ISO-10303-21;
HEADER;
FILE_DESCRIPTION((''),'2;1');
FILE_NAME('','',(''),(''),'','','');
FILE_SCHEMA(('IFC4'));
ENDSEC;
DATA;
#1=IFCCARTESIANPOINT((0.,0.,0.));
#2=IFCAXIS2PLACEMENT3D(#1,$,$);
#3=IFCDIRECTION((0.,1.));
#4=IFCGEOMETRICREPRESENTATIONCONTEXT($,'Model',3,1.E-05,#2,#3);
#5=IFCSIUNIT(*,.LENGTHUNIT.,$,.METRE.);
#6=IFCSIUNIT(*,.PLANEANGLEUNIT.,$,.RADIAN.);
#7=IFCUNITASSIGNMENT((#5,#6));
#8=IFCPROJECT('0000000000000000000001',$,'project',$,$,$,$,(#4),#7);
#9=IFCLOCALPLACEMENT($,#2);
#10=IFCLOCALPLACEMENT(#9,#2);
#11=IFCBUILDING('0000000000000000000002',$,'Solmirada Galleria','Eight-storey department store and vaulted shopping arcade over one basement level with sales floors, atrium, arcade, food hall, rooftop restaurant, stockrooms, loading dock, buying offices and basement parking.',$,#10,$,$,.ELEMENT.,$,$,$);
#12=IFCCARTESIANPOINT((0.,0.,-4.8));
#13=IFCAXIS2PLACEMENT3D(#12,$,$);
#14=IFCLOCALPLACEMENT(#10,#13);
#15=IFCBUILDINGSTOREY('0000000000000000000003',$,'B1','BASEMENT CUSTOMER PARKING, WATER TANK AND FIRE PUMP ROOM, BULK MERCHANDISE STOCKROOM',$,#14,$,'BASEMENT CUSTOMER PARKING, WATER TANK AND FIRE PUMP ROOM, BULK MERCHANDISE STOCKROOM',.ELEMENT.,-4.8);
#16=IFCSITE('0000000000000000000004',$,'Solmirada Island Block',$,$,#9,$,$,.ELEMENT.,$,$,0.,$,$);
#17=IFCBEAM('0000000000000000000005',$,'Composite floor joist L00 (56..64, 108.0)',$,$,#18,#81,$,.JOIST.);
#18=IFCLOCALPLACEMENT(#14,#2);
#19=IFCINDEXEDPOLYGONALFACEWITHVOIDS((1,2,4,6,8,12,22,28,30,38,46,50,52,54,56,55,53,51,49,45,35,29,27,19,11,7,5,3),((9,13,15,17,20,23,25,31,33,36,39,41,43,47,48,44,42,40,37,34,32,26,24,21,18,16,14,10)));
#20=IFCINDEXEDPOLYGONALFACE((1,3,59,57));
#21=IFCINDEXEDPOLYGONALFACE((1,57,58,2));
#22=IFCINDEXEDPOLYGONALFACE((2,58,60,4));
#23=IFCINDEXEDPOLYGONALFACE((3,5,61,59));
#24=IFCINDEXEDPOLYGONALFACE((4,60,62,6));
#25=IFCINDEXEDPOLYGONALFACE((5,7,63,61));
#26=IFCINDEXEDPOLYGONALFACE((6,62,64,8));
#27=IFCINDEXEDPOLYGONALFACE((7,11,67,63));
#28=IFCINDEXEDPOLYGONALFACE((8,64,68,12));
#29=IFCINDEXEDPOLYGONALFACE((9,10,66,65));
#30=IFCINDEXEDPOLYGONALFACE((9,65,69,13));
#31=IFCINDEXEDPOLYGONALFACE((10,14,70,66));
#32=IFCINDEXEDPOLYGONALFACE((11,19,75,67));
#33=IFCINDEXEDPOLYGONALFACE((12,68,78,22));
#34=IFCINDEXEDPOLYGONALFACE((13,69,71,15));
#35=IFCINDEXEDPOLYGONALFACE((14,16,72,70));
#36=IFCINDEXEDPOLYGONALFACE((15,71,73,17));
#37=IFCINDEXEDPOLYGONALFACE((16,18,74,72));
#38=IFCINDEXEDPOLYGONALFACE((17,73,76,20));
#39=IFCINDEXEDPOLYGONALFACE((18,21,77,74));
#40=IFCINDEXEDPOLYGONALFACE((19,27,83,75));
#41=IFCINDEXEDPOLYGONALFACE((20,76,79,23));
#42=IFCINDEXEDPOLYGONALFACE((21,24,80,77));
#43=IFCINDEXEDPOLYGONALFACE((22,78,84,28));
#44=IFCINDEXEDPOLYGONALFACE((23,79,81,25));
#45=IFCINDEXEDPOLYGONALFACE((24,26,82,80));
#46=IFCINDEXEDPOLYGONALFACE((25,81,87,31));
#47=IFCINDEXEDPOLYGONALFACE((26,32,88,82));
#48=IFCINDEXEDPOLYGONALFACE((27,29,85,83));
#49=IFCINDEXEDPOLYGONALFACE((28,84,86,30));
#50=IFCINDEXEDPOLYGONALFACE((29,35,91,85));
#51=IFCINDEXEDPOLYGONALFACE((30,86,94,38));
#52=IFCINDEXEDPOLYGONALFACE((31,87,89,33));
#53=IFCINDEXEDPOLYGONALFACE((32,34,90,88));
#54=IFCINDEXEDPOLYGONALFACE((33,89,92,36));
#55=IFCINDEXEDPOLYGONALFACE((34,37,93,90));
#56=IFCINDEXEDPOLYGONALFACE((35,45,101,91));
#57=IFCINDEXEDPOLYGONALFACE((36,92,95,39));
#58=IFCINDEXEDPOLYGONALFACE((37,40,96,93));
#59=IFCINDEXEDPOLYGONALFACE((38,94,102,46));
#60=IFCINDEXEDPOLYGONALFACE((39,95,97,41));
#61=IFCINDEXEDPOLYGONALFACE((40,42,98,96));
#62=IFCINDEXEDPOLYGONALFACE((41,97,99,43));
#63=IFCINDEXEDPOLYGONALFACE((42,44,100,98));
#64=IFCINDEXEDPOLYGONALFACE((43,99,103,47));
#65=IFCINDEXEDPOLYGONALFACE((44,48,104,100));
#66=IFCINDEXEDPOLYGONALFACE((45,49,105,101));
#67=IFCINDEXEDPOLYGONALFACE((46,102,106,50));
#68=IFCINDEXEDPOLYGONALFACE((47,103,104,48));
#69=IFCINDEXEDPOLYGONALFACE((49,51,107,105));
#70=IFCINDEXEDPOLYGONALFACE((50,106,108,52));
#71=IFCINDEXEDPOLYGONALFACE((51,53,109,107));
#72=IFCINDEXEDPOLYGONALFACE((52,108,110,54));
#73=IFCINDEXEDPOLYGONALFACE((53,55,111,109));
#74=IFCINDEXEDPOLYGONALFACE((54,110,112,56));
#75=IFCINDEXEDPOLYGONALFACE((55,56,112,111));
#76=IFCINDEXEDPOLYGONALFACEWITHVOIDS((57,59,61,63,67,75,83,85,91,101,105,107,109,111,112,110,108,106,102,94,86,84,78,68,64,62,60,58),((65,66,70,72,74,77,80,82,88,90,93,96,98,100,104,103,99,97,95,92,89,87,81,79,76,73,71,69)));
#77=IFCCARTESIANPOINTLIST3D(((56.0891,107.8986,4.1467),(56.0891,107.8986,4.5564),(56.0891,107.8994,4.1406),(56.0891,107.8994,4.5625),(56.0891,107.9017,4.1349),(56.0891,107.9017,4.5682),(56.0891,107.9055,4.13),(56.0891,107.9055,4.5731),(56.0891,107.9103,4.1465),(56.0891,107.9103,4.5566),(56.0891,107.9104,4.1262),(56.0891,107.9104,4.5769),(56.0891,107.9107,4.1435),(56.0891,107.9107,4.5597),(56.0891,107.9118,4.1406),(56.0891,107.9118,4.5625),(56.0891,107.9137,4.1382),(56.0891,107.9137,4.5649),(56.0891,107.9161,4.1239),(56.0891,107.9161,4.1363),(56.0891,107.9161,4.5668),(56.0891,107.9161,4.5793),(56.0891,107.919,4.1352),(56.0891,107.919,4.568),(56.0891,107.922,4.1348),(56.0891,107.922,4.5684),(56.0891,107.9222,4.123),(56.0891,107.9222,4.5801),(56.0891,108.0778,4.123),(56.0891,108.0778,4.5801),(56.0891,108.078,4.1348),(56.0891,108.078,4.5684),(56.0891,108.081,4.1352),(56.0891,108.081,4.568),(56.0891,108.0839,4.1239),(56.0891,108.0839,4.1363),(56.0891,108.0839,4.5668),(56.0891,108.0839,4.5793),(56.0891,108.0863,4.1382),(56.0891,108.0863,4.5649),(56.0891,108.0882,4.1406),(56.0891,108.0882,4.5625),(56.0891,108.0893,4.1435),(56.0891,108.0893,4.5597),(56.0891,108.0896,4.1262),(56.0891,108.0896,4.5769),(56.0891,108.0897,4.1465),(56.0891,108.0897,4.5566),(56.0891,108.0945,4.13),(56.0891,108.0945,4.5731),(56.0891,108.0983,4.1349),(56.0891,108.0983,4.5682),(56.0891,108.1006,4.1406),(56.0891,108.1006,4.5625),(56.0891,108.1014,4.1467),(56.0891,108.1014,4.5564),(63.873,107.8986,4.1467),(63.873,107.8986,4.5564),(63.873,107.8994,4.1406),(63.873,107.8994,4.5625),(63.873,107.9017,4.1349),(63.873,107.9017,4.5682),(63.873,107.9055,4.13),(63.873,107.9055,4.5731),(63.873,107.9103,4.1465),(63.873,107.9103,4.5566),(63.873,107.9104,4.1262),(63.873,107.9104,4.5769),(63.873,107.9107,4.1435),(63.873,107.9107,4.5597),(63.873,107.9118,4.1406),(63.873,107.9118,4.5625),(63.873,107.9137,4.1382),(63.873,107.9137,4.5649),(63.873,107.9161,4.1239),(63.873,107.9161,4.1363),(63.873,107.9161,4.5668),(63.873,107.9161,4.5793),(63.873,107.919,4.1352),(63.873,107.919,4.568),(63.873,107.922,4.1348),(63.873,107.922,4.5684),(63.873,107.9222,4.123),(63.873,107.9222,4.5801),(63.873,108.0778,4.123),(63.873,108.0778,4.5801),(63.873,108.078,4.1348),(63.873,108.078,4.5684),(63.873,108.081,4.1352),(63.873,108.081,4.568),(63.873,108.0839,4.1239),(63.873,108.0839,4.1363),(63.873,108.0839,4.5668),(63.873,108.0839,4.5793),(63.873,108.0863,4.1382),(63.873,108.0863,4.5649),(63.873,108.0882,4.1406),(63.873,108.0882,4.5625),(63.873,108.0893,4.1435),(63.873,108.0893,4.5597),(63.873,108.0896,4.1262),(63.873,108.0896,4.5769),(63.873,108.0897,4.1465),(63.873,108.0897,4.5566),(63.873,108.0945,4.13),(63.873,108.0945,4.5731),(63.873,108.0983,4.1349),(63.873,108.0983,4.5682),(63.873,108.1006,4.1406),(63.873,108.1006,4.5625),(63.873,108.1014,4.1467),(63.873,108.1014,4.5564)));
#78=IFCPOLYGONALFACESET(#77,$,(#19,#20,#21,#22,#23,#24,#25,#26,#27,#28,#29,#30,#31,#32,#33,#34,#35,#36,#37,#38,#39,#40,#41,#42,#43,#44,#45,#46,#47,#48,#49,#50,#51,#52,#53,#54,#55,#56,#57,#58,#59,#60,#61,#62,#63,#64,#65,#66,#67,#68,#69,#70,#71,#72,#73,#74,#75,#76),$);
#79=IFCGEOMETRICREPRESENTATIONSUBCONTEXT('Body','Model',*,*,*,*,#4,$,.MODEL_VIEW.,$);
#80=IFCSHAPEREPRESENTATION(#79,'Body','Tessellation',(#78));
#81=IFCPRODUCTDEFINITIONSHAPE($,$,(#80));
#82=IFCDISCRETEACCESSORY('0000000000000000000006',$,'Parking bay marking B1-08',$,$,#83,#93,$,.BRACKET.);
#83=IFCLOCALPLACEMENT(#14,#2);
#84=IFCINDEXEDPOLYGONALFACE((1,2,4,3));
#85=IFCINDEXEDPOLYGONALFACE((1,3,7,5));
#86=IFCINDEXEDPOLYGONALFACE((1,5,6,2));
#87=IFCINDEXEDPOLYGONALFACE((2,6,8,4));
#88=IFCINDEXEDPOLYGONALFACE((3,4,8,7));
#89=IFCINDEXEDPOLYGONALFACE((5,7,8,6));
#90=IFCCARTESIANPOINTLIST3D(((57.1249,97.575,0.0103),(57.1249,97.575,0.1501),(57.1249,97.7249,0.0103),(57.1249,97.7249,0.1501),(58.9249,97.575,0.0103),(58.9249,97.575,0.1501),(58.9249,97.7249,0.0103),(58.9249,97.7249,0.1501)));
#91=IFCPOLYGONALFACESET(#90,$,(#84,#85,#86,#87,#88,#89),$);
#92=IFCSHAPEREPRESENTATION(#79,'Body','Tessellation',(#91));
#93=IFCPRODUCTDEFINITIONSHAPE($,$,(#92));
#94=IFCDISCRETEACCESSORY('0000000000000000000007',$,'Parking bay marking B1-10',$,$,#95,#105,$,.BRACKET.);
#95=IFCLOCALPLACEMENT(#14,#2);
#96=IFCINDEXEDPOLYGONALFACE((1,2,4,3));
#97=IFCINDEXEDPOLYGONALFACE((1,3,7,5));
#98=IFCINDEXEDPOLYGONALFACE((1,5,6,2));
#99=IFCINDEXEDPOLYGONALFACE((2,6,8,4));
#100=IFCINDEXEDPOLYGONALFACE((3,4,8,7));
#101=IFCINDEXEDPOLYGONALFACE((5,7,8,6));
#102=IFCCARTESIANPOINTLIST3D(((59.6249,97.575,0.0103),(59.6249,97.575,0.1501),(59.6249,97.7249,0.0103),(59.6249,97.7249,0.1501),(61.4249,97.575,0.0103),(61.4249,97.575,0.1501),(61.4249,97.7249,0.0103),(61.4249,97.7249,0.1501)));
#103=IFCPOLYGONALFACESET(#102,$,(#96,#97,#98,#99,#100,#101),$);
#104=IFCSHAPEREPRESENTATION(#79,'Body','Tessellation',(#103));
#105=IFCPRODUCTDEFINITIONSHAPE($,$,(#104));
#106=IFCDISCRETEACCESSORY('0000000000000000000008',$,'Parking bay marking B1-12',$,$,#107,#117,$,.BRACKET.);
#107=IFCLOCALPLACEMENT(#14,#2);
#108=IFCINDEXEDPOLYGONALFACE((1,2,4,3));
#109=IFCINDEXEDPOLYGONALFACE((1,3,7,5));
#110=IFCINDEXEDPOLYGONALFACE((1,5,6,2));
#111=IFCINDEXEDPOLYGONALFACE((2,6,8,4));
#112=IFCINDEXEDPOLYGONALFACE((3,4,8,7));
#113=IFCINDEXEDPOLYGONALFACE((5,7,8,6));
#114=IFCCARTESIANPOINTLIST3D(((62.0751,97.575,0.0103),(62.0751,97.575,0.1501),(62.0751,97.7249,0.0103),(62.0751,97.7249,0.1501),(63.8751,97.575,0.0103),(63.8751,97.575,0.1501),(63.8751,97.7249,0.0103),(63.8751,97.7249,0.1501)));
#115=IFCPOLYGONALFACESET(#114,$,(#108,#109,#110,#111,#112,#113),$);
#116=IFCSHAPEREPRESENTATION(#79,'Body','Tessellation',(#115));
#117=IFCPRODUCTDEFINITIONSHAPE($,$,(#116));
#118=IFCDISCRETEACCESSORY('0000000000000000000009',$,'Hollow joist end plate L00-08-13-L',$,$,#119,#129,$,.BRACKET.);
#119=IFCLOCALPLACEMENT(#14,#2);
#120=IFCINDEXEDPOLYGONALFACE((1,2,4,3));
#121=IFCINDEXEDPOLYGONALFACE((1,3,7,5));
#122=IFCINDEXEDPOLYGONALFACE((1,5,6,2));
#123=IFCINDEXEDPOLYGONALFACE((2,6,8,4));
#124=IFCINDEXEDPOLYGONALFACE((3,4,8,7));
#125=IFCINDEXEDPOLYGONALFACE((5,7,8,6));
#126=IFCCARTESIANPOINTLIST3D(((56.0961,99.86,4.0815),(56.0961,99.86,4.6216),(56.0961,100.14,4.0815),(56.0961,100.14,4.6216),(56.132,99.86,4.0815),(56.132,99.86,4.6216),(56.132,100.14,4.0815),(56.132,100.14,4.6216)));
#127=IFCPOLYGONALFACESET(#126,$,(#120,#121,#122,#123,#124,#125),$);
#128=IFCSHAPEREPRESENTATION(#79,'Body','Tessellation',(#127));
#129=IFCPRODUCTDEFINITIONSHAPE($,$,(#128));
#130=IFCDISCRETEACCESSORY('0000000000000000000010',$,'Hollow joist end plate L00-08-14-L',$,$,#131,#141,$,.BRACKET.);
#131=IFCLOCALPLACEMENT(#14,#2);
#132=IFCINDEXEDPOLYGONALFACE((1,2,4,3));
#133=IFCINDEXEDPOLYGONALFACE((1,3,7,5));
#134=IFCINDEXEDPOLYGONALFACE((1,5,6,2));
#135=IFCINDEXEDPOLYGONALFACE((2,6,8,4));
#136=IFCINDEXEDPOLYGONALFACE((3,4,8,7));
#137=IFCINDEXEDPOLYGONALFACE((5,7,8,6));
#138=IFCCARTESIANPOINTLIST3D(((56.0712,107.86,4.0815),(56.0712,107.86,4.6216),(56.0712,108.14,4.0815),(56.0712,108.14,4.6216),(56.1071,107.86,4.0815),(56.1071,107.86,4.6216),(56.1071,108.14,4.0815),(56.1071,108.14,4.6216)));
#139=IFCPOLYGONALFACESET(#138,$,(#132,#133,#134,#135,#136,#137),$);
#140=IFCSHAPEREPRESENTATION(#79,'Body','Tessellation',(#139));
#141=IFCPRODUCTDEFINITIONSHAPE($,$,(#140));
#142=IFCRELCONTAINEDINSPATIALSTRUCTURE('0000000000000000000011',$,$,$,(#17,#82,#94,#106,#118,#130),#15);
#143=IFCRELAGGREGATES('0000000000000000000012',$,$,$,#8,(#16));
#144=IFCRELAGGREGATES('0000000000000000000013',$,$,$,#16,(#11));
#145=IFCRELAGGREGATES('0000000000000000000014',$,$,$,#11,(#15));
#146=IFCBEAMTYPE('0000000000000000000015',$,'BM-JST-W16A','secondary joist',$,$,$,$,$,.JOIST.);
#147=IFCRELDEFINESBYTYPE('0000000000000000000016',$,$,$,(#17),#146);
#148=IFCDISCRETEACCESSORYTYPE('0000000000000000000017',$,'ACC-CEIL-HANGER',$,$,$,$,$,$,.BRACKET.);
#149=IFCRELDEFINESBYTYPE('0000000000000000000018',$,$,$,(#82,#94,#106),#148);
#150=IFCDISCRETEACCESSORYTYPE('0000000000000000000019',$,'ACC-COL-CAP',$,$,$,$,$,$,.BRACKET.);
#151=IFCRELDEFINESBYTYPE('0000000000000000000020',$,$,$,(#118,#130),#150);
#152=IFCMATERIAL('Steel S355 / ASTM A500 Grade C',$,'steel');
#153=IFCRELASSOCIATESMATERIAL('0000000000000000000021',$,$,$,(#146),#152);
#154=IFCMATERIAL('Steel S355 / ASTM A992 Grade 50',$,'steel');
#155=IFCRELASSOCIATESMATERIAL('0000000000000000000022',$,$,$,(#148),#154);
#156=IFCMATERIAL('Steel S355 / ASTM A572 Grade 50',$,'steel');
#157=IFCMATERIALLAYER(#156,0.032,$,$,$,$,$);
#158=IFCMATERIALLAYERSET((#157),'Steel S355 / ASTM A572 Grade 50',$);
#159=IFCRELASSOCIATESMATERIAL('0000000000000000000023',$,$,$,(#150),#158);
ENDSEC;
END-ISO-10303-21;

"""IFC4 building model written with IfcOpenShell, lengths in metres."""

from ifc_helpers import new_model, si_unit, direction, frame, origin, origin_2d, place, context, subcontext, project, spatial, rectangle, hollow_rectangle, extrude, material, layer, layer_set, material_profile, profile_set, type_object, element, save


model = new_model("IFC4")

# Units and contexts
model_context = context("Model", 3, precision=1e-05, world=origin(), true_north=direction((0.0, 1.0)))
body_context = subcontext(model_context, "Body", "Model", "MODEL_VIEW")
ifc_project = project(units=[si_unit("LENGTHUNIT", "METRE"), si_unit("PLANEANGLEUNIT", "RADIAN")], contexts=[model_context])

# Site, building, storey
site_placement = place(None, origin())
site = spatial("IfcSite", under=ifc_project, at=site_placement, Name="Solmirada Island Block", CompositionType="ELEMENT", RefElevation=0.0)
building_placement = place(site_placement, origin())
building = spatial("IfcBuilding", under=site, at=building_placement, Name="Solmirada Galleria", Description="Eight-storey department store and vaulted shopping arcade over one basement level with sales floors, atrium, arcade, food hall, rooftop restaurant, stockrooms, loading dock, buying offices and basement parking.", CompositionType="ELEMENT")
storey_placement = place(building_placement, frame((0.0, 0.0, -4.8)))
storey = spatial("IfcBuildingStorey", under=building, at=storey_placement, Name="B1", Description="BASEMENT CUSTOMER PARKING, WATER TANK AND FIRE PUMP ROOM, BULK MERCHANDISE STOCKROOM", LongName="BASEMENT CUSTOMER PARKING, WATER TANK AND FIRE PUMP ROOM, BULK MERCHANDISE STOCKROOM", CompositionType="ELEMENT", Elevation=-4.8)

# Beam
ifc_material_1 = material(Name="Steel S355 / ASTM A992 Grade 50", Category="steel")
ifc_material_2 = material(Name="Steel S355 / ASTM A500 Grade C", Category="steel")
ifc_material_profile_1 = material_profile(ifc_material_2, hollow_rectangle(XDim=0.2029, YDim=0.457, WallThickness=0.0117, InnerFilletRadius=0.0117, OuterFilletRadius=0.0237, at=origin_2d()), Name="HSS18X8X1/2")
ifc_profile_set_1 = profile_set([ifc_material_profile_1], Name="Steel S355 / ASTM A500 Grade C")
beam_type_1 = type_object("IfcBeamType", Name="BM-JST-W16A", Description="secondary joist", PredefinedType="JOIST", material=ifc_profile_set_1)
beam_1_placement = place(storey_placement, frame((56.0891, 108.0, 4.3516), z_axis=(1.0, 0.0, 0.0), x_axis=(0.0, 1.0, 0.0)))
element("IfcBeam", 1, at=beam_1_placement, inside=storey, type_object=beam_type_1, Name="Composite floor joist L00 (56..64, 108.0)", PredefinedType="JOIST", context=body_context, shape_type="SweptSolid", body=[
    extrude(hollow_rectangle(XDim=0.2029, YDim=0.457, WallThickness=0.0117, InnerFilletRadius=0.0117, OuterFilletRadius=0.0237, at=origin_2d()), origin(), (0.0, 0.0, 1.0), 7.7839),
])

# Discrete accessories
discrete_accessory_type_1 = type_object("IfcDiscreteAccessoryType", Name="ACC-CEIL-HANGER", PredefinedType="BRACKET", material=ifc_material_1)
for number, where, z_axis, x_axis, name in (
    (2, (58.0249, 97.6499, 0.0103), (0.0, 0.0, 1.0), (1.0, 0.0, 0.0), "Parking bay marking B1-08"),
    (3, (60.5249, 97.6499, 0.0103), (0.0, 0.0, 1.0), (1.0, 0.0, 0.0), "Parking bay marking B1-10"),
    (4, (62.9751, 97.6499, 0.0103), (0.0, 0.0, 1.0), (1.0, 0.0, 0.0), "Parking bay marking B1-12"),
):
    element("IfcDiscreteAccessory", number, at=place(storey_placement, frame(where, z_axis=z_axis, x_axis=x_axis)), inside=storey, type_object=discrete_accessory_type_1, Name=name, PredefinedType="BRACKET", context=body_context, shape_type="SweptSolid", body=[
        extrude(rectangle(XDim=1.8, YDim=0.1499, at=origin_2d()), origin(), (0.0, 0.0, 1.0), 0.1399),
    ])
ifc_material_3 = material(Name="Steel S355 / ASTM A572 Grade 50", Category="steel")
ifc_layer = layer(ifc_material_3, 0.032)
ifc_layer_set = layer_set([ifc_layer], Name="Steel S355 / ASTM A572 Grade 50")
discrete_accessory_type_2 = type_object("IfcDiscreteAccessoryType", Name="ACC-COL-CAP", PredefinedType="BRACKET", material=ifc_layer_set)
for number, where, z_axis, x_axis, name in (
    (5, (56.114, 100.0, 4.0815), (0.0, 0.0, 1.0), (1.0, 0.0, 0.0), "Hollow joist end plate L00-08-13-L"),
    (6, (56.0891, 108.0, 4.0815), (0.0, 0.0, 1.0), (1.0, 0.0, 0.0), "Hollow joist end plate L00-08-14-L"),
):
    element("IfcDiscreteAccessory", number, at=place(storey_placement, frame(where, z_axis=z_axis, x_axis=x_axis)), inside=storey, type_object=discrete_accessory_type_2, Name=name, PredefinedType="BRACKET", context=body_context, shape_type="SweptSolid", body=[
        extrude(rectangle(XDim=0.0359, YDim=0.28, at=origin_2d()), origin(), (0.0, 0.0, 1.0), 0.54),
    ])

save(model, "model.ifc")
